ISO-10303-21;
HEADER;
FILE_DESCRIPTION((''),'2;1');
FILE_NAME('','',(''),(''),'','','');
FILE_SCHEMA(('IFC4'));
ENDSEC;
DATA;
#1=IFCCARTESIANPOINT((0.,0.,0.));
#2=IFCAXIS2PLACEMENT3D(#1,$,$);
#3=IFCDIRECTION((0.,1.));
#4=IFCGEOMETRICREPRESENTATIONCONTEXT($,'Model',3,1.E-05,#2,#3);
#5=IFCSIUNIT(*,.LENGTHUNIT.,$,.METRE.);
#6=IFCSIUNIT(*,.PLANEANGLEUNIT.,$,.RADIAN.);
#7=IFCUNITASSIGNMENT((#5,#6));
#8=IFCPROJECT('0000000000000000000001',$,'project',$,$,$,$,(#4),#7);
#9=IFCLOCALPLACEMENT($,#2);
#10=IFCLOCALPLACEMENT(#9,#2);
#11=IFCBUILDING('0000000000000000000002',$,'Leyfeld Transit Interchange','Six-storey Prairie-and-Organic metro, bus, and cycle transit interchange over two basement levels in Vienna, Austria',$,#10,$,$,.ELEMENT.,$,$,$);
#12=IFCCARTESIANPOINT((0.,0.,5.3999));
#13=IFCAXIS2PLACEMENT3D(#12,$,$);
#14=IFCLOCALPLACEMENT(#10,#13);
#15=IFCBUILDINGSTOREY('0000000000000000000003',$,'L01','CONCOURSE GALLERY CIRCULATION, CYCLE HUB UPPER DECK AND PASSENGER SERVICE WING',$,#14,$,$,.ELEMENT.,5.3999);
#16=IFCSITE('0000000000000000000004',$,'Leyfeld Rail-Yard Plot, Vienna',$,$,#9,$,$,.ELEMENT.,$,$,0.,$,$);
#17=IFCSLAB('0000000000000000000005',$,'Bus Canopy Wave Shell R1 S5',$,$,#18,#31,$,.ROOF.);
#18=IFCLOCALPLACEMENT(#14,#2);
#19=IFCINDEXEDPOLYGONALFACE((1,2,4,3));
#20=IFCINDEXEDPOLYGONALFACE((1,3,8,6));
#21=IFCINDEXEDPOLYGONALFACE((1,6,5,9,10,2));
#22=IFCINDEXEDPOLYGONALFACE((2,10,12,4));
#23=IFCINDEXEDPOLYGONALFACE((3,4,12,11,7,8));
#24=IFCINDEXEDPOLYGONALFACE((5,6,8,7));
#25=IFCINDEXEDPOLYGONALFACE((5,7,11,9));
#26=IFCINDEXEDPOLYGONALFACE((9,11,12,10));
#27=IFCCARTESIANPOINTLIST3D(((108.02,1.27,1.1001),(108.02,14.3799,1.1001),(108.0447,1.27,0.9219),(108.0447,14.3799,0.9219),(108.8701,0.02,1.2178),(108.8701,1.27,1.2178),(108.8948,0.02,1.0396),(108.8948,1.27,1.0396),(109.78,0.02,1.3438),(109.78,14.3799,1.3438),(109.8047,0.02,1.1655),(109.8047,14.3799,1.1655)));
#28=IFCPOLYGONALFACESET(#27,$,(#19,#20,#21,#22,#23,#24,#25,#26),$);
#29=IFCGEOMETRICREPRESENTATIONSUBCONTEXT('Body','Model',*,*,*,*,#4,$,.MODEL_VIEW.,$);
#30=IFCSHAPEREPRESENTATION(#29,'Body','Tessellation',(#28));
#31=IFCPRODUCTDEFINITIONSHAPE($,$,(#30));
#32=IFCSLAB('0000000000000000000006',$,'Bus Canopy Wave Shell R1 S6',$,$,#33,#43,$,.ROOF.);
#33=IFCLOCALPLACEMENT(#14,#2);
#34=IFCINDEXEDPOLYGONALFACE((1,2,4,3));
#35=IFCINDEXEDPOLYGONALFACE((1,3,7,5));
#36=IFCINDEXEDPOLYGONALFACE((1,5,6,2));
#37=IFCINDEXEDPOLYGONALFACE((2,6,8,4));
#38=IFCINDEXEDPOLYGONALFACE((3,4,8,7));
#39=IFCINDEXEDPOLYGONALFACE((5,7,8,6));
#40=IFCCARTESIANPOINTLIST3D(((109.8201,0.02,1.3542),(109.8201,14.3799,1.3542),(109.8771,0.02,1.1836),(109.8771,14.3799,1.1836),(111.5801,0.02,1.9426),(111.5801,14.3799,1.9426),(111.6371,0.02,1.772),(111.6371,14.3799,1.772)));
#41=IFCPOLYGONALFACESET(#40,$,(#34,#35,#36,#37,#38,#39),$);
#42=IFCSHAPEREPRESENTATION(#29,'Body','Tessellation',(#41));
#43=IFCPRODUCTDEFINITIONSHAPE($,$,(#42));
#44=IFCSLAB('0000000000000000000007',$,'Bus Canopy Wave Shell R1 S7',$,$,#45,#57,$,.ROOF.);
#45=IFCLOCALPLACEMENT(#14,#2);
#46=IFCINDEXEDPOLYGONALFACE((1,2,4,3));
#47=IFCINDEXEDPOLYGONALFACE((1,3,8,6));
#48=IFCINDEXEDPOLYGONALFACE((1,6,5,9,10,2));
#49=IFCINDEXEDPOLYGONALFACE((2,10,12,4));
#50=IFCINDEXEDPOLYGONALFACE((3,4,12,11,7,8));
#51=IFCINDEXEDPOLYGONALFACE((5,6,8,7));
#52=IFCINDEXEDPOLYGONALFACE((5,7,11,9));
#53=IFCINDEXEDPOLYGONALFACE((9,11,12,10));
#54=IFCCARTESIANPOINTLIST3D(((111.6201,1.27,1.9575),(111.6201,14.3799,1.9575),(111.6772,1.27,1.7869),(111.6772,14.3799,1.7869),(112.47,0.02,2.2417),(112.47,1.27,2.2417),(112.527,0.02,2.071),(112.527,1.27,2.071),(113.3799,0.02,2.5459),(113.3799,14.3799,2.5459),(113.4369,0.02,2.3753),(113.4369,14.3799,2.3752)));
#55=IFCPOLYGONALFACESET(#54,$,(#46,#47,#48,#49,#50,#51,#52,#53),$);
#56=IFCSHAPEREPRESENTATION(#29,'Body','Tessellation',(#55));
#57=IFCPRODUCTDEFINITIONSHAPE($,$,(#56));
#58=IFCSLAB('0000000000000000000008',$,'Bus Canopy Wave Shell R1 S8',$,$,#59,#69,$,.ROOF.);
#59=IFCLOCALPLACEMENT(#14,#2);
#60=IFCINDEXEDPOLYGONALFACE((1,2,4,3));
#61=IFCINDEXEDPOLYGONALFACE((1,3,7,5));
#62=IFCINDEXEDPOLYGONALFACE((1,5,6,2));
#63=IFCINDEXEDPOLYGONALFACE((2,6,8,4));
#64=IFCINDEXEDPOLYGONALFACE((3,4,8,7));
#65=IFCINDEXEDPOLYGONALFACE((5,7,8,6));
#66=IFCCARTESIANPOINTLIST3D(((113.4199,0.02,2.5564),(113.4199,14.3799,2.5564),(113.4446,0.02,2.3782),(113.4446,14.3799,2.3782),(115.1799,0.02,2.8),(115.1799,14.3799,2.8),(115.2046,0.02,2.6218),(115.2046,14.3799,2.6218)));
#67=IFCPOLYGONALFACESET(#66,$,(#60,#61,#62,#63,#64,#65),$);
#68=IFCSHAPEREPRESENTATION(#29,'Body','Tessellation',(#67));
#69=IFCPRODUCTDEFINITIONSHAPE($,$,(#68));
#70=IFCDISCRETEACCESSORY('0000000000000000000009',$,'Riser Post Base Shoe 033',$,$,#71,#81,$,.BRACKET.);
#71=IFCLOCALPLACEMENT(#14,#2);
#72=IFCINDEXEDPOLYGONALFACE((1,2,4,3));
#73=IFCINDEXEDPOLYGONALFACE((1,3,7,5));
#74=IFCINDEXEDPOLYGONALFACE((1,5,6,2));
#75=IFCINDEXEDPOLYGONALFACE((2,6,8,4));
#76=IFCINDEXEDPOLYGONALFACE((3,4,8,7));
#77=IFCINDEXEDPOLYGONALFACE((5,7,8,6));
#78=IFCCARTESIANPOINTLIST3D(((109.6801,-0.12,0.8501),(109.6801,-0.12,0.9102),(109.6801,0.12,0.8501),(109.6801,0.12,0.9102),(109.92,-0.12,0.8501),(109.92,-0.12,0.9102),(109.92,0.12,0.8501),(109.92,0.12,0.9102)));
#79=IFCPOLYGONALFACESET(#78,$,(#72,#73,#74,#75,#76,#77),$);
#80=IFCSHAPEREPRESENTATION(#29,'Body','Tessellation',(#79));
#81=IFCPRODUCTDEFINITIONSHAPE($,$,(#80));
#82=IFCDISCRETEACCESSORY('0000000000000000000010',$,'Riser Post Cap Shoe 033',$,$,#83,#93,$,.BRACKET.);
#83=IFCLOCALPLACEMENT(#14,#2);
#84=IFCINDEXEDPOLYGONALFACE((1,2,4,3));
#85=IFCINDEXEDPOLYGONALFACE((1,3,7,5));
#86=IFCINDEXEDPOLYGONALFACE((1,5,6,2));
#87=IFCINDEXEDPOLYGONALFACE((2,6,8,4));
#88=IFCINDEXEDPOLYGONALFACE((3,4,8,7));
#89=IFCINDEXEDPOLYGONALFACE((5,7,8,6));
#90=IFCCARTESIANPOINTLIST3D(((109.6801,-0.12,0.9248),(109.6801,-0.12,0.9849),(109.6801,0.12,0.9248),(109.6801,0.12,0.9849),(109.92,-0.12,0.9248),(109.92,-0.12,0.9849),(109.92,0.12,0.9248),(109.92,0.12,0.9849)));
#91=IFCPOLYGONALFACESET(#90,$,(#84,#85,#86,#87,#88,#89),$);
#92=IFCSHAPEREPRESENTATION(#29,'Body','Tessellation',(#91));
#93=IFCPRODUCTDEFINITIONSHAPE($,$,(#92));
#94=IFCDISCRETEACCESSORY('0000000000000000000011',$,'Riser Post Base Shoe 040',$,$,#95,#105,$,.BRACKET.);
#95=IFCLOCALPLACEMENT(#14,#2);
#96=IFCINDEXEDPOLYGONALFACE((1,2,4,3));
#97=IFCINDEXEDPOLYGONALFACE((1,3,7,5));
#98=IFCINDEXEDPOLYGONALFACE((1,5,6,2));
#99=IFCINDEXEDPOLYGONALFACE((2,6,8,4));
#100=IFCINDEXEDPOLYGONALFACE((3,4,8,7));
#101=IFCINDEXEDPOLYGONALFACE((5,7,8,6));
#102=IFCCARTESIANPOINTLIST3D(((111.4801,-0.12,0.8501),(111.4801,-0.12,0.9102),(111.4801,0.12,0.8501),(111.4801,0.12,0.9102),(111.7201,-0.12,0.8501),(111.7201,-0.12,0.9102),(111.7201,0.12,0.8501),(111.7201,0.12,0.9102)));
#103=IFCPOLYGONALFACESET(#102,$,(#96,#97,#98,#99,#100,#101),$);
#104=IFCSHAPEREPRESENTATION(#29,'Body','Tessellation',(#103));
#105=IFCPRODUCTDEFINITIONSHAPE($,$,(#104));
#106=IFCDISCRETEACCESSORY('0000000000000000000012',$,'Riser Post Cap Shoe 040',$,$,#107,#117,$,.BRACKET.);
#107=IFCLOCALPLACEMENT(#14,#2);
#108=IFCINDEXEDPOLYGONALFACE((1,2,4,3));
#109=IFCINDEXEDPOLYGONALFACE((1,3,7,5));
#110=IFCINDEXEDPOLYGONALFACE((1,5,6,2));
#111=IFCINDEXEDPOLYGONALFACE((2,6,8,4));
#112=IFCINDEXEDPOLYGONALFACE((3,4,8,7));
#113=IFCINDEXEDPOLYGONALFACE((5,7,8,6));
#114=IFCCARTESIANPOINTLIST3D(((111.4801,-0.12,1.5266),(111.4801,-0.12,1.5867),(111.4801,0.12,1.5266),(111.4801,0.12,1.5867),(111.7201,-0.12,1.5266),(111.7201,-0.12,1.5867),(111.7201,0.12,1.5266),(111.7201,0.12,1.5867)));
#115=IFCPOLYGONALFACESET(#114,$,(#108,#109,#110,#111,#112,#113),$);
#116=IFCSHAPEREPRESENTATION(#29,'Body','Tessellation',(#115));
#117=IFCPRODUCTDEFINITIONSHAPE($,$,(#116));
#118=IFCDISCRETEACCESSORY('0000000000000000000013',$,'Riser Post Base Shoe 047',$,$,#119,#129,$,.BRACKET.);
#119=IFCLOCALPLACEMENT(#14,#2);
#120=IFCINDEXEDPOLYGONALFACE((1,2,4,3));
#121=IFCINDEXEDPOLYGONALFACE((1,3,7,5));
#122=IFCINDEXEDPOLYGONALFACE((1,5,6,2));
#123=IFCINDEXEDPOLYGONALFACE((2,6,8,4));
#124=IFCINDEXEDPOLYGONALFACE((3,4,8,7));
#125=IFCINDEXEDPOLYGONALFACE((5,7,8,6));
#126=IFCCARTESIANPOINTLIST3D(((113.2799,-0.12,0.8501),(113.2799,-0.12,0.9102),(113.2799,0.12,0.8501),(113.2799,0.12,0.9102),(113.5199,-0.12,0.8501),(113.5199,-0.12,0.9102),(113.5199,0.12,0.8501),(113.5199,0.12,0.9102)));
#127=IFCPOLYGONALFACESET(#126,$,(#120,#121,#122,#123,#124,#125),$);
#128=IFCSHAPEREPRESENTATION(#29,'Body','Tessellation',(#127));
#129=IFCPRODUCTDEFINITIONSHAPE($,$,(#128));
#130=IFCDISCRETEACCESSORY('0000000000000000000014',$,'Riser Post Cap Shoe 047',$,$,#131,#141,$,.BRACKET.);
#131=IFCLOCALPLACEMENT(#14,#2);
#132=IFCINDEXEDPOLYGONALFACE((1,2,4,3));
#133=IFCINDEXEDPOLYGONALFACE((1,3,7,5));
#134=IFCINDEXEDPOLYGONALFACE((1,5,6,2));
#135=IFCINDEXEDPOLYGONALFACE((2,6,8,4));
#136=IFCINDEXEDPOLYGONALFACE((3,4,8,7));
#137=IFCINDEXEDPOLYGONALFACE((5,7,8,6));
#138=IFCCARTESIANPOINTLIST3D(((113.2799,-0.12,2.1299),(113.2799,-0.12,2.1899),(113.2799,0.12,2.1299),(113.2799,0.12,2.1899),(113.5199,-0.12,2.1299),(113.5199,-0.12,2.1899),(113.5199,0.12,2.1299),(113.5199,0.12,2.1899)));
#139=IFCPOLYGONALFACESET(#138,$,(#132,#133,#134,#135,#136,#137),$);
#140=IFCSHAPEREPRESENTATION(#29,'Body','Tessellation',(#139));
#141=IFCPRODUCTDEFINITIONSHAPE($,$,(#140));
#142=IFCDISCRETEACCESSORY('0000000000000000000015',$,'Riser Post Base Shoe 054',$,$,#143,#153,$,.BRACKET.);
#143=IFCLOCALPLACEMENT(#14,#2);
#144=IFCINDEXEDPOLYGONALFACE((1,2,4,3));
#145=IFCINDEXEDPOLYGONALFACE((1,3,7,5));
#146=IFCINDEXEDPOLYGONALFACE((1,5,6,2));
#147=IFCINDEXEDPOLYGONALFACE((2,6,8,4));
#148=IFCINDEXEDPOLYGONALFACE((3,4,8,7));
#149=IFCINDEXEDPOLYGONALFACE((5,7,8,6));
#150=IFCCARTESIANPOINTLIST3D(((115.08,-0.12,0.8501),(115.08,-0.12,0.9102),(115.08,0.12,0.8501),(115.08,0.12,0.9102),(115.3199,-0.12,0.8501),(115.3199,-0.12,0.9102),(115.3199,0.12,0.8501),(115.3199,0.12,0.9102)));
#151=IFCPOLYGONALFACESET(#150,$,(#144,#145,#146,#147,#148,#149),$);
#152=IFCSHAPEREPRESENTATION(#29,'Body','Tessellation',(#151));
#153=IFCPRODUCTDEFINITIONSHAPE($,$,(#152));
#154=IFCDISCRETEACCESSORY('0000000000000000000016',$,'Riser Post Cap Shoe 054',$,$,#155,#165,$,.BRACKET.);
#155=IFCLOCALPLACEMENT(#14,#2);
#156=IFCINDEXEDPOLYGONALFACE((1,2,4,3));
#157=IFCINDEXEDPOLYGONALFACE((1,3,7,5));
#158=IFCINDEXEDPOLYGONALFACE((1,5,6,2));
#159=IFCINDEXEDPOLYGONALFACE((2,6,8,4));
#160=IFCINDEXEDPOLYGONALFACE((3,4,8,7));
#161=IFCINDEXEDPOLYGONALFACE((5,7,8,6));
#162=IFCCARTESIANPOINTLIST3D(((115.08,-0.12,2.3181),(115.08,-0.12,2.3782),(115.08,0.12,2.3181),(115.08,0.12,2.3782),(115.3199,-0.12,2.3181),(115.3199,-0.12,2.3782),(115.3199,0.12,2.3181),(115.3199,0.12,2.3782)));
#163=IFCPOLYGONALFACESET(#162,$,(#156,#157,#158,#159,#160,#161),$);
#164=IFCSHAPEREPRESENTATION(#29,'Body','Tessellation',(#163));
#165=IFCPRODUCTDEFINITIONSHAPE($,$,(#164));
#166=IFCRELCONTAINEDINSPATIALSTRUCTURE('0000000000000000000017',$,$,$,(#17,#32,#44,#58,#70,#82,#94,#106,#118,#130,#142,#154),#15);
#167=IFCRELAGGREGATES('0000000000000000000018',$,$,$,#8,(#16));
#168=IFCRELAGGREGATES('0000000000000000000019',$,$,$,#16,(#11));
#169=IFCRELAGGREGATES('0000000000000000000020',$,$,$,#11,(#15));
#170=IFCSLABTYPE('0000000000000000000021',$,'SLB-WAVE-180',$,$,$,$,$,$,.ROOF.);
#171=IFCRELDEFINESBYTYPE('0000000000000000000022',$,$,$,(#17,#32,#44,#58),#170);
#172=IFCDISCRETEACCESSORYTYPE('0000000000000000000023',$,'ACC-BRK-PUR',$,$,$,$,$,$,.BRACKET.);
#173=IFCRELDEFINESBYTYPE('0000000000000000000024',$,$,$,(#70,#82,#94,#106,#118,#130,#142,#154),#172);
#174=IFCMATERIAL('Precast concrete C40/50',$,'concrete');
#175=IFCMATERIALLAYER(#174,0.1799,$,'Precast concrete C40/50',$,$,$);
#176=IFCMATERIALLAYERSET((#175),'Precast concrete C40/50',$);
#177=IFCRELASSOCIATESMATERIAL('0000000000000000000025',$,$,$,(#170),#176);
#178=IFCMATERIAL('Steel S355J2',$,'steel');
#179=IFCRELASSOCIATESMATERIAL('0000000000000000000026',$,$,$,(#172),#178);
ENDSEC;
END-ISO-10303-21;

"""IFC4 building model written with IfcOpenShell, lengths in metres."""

from ifc_helpers import new_model, si_unit, direction, frame, origin, origin_2d, place, context, subcontext, project, spatial, polyline, rectangle, outline, extrude, material, layer, layer_set, type_object, element, save


model = new_model("IFC4")

# Units and contexts
model_context = context("Model", 3, precision=1e-05, world=origin(), true_north=direction((0.0, 1.0)))
body_context = subcontext(model_context, "Body", "Model", "MODEL_VIEW")
ifc_project = project(units=[si_unit("LENGTHUNIT", "METRE"), si_unit("PLANEANGLEUNIT", "RADIAN")], contexts=[model_context])

# Site, building, storey
site_placement = place(None, origin())
site = spatial("IfcSite", under=ifc_project, at=site_placement, Name="Leyfeld Rail-Yard Plot, Vienna", CompositionType="ELEMENT", RefElevation=0.0)
building_placement = place(site_placement, origin())
building = spatial("IfcBuilding", under=site, at=building_placement, Name="Leyfeld Transit Interchange", Description="Six-storey Prairie-and-Organic metro, bus, and cycle transit interchange over two basement levels in Vienna, Austria", CompositionType="ELEMENT")
storey_placement = place(building_placement, frame((0.0, 0.0, 5.3999)))
storey = spatial("IfcBuildingStorey", under=building, at=storey_placement, Name="L01", Description="CONCOURSE GALLERY CIRCULATION, CYCLE HUB UPPER DECK AND PASSENGER SERVICE WING", CompositionType="ELEMENT", Elevation=5.3999)

# Shared definitions
ifc_material_1 = material(Name="Steel S355J2", Category="steel")

# Slabs
ifc_material_2 = material(Name="Precast concrete C40/50", Category="concrete")
ifc_layer = layer(ifc_material_2, 0.1799, Name="Precast concrete C40/50")
ifc_layer_set = layer_set([ifc_layer], Name="Precast concrete C40/50")
slab_type = type_object("IfcSlabType", Name="SLB-WAVE-180", PredefinedType="ROOF", material=ifc_layer_set)
slab_1_placement = place(storey_placement, frame((108.02, 1.27, 1.1001), z_axis=(-0.137131, 0.0, 0.990553), x_axis=(0.990553, 0.0, 0.137131)))
element("IfcSlab", 1, at=slab_1_placement, inside=storey, type_object=slab_type, Name="Bus Canopy Wave Shell R1 S5", PredefinedType="ROOF", context=body_context, shape_type="SweptSolid", body=[
    extrude(outline(polyline([(0.0, 0.0), (0.8582, 0.0), (0.8582, -1.25), (1.7768, -1.25), (1.7768, 13.1099), (0.0, 13.1099), (0.0, 0.0)])), origin(), (0.0, 0.0, -1.0), 0.1799),
])
slab_2_placement = place(storey_placement, frame((109.8201, 0.02, 1.3542), z_axis=(-0.317056, 0.0, 0.948407), x_axis=(0.948407, 0.0, 0.317056)))
element("IfcSlab", 2, at=slab_2_placement, inside=storey, type_object=slab_type, Name="Bus Canopy Wave Shell R1 S6", PredefinedType="ROOF", context=body_context, shape_type="SweptSolid", body=[
    extrude(outline(polyline([(0.0, 0.0), (1.8558, 0.0), (1.8558, 14.3599), (0.0, 14.3599), (0.0, 0.0)])), origin(), (0.0, 0.0, -1.0), 0.1799),
])
slab_3_placement = place(storey_placement, frame((111.6201, 1.27, 1.9575), z_axis=(-0.317095, 0.000001, 0.948394), x_axis=(0.948394, 0.0, 0.317095)))
element("IfcSlab", 3, at=slab_3_placement, inside=storey, type_object=slab_type, Name="Bus Canopy Wave Shell R1 S7", PredefinedType="ROOF", context=body_context, shape_type="SweptSolid", body=[
    extrude(outline(polyline([(0.0, 0.0), (0.8961, 0.0), (0.8961, -1.25), (1.8555, -1.25), (1.8555, 13.1099), (0.0, 13.1099), (0.0, 0.0)])), origin(), (0.0, 0.0, -1.0), 0.1799),
])
slab_4_placement = place(storey_placement, frame((113.4199, 0.02, 2.5564), z_axis=(-0.13713, 0.0, 0.990553), x_axis=(0.990553, 0.0, 0.13713)))
element("IfcSlab", 4, at=slab_4_placement, inside=storey, type_object=slab_type, Name="Bus Canopy Wave Shell R1 S8", PredefinedType="ROOF", context=body_context, shape_type="SweptSolid", body=[
    extrude(outline(polyline([(0.0, 0.0), (1.7768, 0.0), (1.7768, 14.3599), (0.0, 14.3599), (0.0, 0.0)])), origin(), (0.0, 0.0, -1.0), 0.1799),
])

# Discrete accessories
discrete_accessory_type = type_object("IfcDiscreteAccessoryType", Name="ACC-BRK-PUR", PredefinedType="BRACKET", material=ifc_material_1)
for number, where, z_axis, x_axis, name in (
    (5, (109.8, 0.0, 0.8501), (0.0, 0.0, 1.0), (1.0, 0.0, 0.0), "Riser Post Base Shoe 033"),
    (6, (109.8, 0.0, 0.9248), (0.0, 0.0, 1.0), (1.0, 0.0, 0.0), "Riser Post Cap Shoe 033"),
    (7, (111.6001, 0.0, 0.8501), (0.0, 0.0, 1.0), (1.0, 0.0, 0.0), "Riser Post Base Shoe 040"),
    (8, (111.6001, 0.0, 1.5266), (0.0, 0.0, 1.0), (1.0, 0.0, 0.0), "Riser Post Cap Shoe 040"),
    (9, (113.3999, 0.0, 0.8501), (0.0, 0.0, 1.0), (1.0, 0.0, 0.0), "Riser Post Base Shoe 047"),
    (10, (113.3999, 0.0, 2.1299), (0.0, 0.0, 1.0), (1.0, 0.0, 0.0), "Riser Post Cap Shoe 047"),
    (11, (115.2, 0.0, 0.8501), (0.0, 0.0, 1.0), (1.0, 0.0, 0.0), "Riser Post Base Shoe 054"),
    (12, (115.2, 0.0, 2.3181), (0.0, 0.0, 1.0), (1.0, 0.0, 0.0), "Riser Post Cap Shoe 054"),
):
    element("IfcDiscreteAccessory", number, at=place(storey_placement, frame(where, z_axis=z_axis, x_axis=x_axis)), inside=storey, type_object=discrete_accessory_type, Name=name, PredefinedType="BRACKET", context=body_context, shape_type="SweptSolid", body=[
        extrude(rectangle(XDim=0.24, YDim=0.24, at=origin_2d()), origin(), (0.0, 0.0, 1.0), 0.0601),
    ])

save(model, "model.ifc")
